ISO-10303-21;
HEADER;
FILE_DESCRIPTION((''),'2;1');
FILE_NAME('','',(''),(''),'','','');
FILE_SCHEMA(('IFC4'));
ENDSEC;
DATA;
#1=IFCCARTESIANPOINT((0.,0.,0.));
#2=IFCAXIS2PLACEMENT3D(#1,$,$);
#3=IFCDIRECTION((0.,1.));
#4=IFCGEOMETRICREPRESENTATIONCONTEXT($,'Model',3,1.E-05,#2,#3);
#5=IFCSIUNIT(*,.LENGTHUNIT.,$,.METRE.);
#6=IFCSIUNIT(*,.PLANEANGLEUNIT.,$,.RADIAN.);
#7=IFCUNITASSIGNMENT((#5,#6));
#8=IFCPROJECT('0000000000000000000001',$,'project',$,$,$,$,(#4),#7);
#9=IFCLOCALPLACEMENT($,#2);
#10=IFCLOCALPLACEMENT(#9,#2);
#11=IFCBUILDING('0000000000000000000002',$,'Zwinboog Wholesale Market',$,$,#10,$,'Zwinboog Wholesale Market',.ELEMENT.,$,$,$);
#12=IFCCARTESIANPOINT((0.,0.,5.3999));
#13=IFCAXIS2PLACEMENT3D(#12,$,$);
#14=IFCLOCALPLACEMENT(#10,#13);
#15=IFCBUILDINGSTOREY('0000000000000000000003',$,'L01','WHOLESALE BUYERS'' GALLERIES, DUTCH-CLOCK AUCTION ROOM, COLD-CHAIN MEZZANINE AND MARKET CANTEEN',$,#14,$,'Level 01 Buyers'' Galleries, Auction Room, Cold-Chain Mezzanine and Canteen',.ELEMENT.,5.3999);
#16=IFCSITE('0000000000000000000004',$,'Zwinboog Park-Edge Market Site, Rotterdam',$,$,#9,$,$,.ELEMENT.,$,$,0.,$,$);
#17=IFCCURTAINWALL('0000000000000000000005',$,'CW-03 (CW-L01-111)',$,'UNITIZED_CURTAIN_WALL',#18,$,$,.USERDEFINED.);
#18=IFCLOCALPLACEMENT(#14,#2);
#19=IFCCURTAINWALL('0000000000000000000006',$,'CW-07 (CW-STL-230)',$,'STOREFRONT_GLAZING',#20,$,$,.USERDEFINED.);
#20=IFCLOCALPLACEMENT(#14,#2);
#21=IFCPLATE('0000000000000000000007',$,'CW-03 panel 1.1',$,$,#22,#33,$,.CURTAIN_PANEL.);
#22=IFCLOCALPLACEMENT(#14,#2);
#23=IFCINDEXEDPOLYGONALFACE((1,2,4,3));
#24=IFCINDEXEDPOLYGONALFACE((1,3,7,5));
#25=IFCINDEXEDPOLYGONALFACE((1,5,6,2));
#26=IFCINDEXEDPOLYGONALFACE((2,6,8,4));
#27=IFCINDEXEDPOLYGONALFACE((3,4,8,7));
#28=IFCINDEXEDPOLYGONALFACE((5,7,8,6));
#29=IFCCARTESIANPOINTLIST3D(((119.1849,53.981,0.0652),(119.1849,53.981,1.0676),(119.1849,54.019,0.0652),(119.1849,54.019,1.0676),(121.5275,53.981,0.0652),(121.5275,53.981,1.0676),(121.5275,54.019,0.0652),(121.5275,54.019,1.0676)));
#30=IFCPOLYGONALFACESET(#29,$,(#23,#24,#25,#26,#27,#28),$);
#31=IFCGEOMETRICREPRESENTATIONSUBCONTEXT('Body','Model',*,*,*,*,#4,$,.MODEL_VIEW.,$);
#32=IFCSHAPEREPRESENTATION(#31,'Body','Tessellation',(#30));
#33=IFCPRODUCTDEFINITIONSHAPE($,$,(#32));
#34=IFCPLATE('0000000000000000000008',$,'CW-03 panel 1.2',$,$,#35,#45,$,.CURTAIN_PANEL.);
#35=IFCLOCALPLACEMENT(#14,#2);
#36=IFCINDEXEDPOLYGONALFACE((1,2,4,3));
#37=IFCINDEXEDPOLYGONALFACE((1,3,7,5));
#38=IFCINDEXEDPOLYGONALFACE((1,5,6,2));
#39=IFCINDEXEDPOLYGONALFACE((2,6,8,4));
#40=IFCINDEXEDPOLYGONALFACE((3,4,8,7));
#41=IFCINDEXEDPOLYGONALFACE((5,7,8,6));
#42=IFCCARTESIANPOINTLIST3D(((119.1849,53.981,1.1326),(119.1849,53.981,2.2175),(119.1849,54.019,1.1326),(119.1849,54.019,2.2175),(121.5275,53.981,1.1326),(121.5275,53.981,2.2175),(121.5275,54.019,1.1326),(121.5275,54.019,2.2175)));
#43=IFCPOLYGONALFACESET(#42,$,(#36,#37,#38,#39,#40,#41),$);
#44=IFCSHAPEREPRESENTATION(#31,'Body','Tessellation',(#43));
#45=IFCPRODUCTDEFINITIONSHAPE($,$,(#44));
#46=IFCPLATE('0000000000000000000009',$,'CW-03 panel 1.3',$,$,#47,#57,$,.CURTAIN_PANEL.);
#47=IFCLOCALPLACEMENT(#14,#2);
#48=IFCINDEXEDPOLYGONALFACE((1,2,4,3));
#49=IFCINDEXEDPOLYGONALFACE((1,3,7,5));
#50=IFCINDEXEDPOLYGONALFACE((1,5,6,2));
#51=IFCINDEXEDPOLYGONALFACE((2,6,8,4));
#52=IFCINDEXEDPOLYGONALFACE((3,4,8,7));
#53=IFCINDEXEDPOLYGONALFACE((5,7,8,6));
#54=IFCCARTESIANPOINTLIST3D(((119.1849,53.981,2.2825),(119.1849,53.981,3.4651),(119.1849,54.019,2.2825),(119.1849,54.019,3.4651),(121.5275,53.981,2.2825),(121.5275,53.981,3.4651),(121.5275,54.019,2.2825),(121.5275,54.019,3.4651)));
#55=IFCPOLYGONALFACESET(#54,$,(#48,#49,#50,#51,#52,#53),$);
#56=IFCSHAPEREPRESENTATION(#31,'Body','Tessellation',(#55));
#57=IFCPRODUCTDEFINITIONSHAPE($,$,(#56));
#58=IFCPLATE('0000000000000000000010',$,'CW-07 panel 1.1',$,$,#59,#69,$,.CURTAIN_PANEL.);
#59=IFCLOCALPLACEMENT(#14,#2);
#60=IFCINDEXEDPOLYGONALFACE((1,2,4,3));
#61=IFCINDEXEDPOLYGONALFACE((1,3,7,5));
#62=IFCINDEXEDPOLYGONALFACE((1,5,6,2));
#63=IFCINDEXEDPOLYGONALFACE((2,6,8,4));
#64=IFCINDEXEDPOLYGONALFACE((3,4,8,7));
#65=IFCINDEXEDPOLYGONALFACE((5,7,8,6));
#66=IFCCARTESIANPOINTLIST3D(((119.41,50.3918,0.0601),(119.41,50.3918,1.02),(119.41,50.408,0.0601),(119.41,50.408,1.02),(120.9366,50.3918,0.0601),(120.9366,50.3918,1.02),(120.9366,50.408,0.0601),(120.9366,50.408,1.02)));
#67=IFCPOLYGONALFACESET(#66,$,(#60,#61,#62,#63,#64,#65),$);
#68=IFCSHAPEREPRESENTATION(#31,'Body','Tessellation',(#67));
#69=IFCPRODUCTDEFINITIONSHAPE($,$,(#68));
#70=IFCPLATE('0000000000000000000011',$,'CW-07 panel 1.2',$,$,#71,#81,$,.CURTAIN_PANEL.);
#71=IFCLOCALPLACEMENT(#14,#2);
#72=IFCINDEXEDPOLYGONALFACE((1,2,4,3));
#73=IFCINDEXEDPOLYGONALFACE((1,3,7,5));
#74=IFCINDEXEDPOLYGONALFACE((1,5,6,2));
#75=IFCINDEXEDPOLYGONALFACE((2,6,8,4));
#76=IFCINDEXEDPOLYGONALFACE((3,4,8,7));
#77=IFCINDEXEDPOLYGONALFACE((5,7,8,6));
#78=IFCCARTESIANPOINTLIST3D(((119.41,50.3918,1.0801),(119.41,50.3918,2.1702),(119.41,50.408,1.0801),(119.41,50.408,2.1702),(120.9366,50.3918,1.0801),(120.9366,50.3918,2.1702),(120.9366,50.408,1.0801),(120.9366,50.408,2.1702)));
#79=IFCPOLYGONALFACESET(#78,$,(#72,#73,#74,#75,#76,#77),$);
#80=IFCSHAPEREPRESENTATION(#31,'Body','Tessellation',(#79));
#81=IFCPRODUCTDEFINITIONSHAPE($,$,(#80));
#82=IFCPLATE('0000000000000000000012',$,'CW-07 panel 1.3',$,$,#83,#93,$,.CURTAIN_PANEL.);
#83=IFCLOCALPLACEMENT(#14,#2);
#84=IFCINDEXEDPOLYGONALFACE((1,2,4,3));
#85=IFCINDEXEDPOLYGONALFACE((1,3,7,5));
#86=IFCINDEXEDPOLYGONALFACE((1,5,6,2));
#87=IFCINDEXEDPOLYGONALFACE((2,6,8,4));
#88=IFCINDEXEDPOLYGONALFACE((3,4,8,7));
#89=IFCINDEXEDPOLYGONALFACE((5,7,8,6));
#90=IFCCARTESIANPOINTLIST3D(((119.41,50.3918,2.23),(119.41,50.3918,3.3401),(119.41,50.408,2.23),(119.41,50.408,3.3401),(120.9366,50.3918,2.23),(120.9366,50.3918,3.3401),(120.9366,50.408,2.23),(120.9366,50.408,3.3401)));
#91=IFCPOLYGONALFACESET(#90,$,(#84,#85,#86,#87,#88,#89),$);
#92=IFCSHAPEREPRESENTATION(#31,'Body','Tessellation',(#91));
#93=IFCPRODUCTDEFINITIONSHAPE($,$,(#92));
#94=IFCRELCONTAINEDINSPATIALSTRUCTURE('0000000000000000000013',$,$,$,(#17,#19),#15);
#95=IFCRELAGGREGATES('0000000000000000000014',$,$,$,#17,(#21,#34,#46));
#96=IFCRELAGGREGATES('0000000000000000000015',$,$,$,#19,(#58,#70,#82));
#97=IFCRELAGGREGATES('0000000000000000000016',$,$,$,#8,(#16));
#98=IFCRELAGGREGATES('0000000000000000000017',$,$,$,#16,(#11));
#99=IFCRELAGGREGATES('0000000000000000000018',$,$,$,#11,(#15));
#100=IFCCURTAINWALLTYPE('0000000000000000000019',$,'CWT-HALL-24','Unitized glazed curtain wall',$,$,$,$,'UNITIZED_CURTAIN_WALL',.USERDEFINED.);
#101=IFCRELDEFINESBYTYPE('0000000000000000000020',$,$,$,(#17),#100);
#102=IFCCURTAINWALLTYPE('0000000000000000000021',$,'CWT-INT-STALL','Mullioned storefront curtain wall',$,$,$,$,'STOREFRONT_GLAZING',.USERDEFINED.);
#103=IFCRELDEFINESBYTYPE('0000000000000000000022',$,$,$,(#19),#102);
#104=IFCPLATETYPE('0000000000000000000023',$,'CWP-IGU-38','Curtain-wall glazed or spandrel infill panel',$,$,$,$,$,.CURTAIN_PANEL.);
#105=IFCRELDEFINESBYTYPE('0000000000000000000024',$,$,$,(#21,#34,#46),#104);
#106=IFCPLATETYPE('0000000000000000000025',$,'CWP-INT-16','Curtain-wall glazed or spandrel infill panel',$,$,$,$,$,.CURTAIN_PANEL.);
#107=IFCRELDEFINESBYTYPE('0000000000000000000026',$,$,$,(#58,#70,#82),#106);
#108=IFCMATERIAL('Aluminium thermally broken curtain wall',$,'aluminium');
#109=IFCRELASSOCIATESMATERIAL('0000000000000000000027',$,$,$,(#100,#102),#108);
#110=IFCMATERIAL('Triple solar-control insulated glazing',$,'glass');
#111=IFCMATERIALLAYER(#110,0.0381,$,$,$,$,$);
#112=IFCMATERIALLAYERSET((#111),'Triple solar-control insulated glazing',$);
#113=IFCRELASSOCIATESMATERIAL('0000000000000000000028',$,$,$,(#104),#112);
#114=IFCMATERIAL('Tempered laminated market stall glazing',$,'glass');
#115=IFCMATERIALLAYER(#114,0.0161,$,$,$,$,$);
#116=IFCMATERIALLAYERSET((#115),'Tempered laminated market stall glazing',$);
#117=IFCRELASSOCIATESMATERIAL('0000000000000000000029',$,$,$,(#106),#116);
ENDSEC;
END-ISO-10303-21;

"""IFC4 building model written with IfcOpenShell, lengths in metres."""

from ifc_helpers import new_model, si_unit, direction, frame, origin, origin_2d, place, context, subcontext, project, spatial, rectangle, extrude, material, layer, layer_set, type_object, element, aggregate, save


model = new_model("IFC4")

# Units and contexts
model_context = context("Model", 3, precision=1e-05, world=origin(), true_north=direction((0.0, 1.0)))
body_context = subcontext(model_context, "Body", "Model", "MODEL_VIEW")
ifc_project = project(units=[si_unit("LENGTHUNIT", "METRE"), si_unit("PLANEANGLEUNIT", "RADIAN")], contexts=[model_context])

# Site, building, storey
site_placement = place(None, origin())
site = spatial("IfcSite", under=ifc_project, at=site_placement, Name="Zwinboog Park-Edge Market Site, Rotterdam", CompositionType="ELEMENT", RefElevation=0.0)
building_placement = place(site_placement, origin())
building = spatial("IfcBuilding", under=site, at=building_placement, Name="Zwinboog Wholesale Market", LongName="Zwinboog Wholesale Market", CompositionType="ELEMENT")
storey_placement = place(building_placement, frame((0.0, 0.0, 5.3999)))
storey = spatial("IfcBuildingStorey", under=building, at=storey_placement, Name="L01", Description="WHOLESALE BUYERS' GALLERIES, DUTCH-CLOCK AUCTION ROOM, COLD-CHAIN MEZZANINE AND MARKET CANTEEN", LongName="Level 01 Buyers' Galleries, Auction Room, Cold-Chain Mezzanine and Canteen", CompositionType="ELEMENT", Elevation=5.3999)

# Curtain walls
ifc_material_1 = material(Name="Aluminium thermally broken curtain wall", Category="aluminium")
curtain_wall_type_1 = type_object("IfcCurtainWallType", Name="CWT-HALL-24", Description="Unitized glazed curtain wall", ElementType="UNITIZED_CURTAIN_WALL", PredefinedType="USERDEFINED", material=ifc_material_1)
curtain_wall_1_placement = place(storey_placement, origin())
curtain_wall_1 = element("IfcCurtainWall", 1, at=curtain_wall_1_placement, inside=storey, type_object=curtain_wall_type_1, Name="CW-03 (CW-L01-111)", ObjectType="UNITIZED_CURTAIN_WALL", PredefinedType="USERDEFINED")
curtain_wall_type_2 = type_object("IfcCurtainWallType", Name="CWT-INT-STALL", Description="Mullioned storefront curtain wall", ElementType="STOREFRONT_GLAZING", PredefinedType="USERDEFINED", material=ifc_material_1)
curtain_wall_2_placement = place(storey_placement, origin())
curtain_wall_2 = element("IfcCurtainWall", 2, at=curtain_wall_2_placement, inside=storey, type_object=curtain_wall_type_2, Name="CW-07 (CW-STL-230)", ObjectType="STOREFRONT_GLAZING", PredefinedType="USERDEFINED")

# Plates
ifc_material_2 = material(Name="Triple solar-control insulated glazing", Category="glass")
ifc_layer_1 = layer(ifc_material_2, 0.0381)
ifc_layer_set_1 = layer_set([ifc_layer_1], Name="Triple solar-control insulated glazing")
plate_type_1 = type_object("IfcPlateType", Name="CWP-IGU-38", Description="Curtain-wall glazed or spandrel infill panel", PredefinedType="CURTAIN_PANEL", material=ifc_layer_set_1)
plate_1_placement = place(storey_placement, frame((120.3562, 54.0, 0.0652), z_axis=(0.0, 0.0, 1.0), x_axis=(1.0, 0.0, 0.0)))
plate_1 = element("IfcPlate", 3, at=plate_1_placement, type_object=plate_type_1, Name="CW-03 panel 1.1", PredefinedType="CURTAIN_PANEL", context=body_context, shape_type="SweptSolid", body=[
    extrude(rectangle(XDim=2.3425, YDim=0.0381, at=origin_2d()), origin(), (0.0, 0.0, 1.0), 1.0024),
])
plate_2_placement = place(storey_placement, frame((120.3562, 54.0, 1.1326), z_axis=(0.0, 0.0, 1.0), x_axis=(1.0, 0.0, 0.0)))
plate_2 = element("IfcPlate", 4, at=plate_2_placement, type_object=plate_type_1, Name="CW-03 panel 1.2", PredefinedType="CURTAIN_PANEL", context=body_context, shape_type="SweptSolid", body=[
    extrude(rectangle(XDim=2.3425, YDim=0.0381, at=origin_2d()), origin(), (0.0, 0.0, 1.0), 1.085),
])
plate_3_placement = place(storey_placement, frame((120.3562, 54.0, 2.2825), z_axis=(0.0, 0.0, 1.0), x_axis=(1.0, 0.0, 0.0)))
plate_3 = element("IfcPlate", 5, at=plate_3_placement, type_object=plate_type_1, Name="CW-03 panel 1.3", PredefinedType="CURTAIN_PANEL", context=body_context, shape_type="SweptSolid", body=[
    extrude(rectangle(XDim=2.3425, YDim=0.0381, at=origin_2d()), origin(), (0.0, 0.0, 1.0), 1.1826),
])
aggregate(curtain_wall_1, [plate_1, plate_2, plate_3])
ifc_material_3 = material(Name="Tempered laminated market stall glazing", Category="glass")
ifc_layer_2 = layer(ifc_material_3, 0.0161)
ifc_layer_set_2 = layer_set([ifc_layer_2], Name="Tempered laminated market stall glazing")
plate_type_2 = type_object("IfcPlateType", Name="CWP-INT-16", Description="Curtain-wall glazed or spandrel infill panel", PredefinedType="CURTAIN_PANEL", material=ifc_layer_set_2)
plate_4_placement = place(storey_placement, frame((120.1733, 50.3999, 0.0601), z_axis=(0.0, 0.0, 1.0), x_axis=(1.0, 0.0, 0.0)))
plate_4 = element("IfcPlate", 6, at=plate_4_placement, type_object=plate_type_2, Name="CW-07 panel 1.1", PredefinedType="CURTAIN_PANEL", context=body_context, shape_type="SweptSolid", body=[
    extrude(rectangle(XDim=1.5266, YDim=0.0161, at=origin_2d()), origin(), (0.0, 0.0, 1.0), 0.96),
])
plate_5_placement = place(storey_placement, frame((120.1733, 50.3999, 1.0801), z_axis=(0.0, 0.0, 1.0), x_axis=(1.0, 0.0, 0.0)))
plate_5 = element("IfcPlate", 7, at=plate_5_placement, type_object=plate_type_2, Name="CW-07 panel 1.2", PredefinedType="CURTAIN_PANEL", context=body_context, shape_type="SweptSolid", body=[
    extrude(rectangle(XDim=1.5266, YDim=0.0161, at=origin_2d()), origin(), (0.0, 0.0, 1.0), 1.0901),
])
plate_6_placement = place(storey_placement, frame((120.1733, 50.3999, 2.23), z_axis=(0.0, 0.0, 1.0), x_axis=(1.0, 0.0, 0.0)))
plate_6 = element("IfcPlate", 8, at=plate_6_placement, type_object=plate_type_2, Name="CW-07 panel 1.3", PredefinedType="CURTAIN_PANEL", context=body_context, shape_type="SweptSolid", body=[
    extrude(rectangle(XDim=1.5266, YDim=0.0161, at=origin_2d()), origin(), (0.0, 0.0, 1.0), 1.1101),
])
aggregate(curtain_wall_2, [plate_4, plate_5, plate_6])

save(model, "model.ifc")
